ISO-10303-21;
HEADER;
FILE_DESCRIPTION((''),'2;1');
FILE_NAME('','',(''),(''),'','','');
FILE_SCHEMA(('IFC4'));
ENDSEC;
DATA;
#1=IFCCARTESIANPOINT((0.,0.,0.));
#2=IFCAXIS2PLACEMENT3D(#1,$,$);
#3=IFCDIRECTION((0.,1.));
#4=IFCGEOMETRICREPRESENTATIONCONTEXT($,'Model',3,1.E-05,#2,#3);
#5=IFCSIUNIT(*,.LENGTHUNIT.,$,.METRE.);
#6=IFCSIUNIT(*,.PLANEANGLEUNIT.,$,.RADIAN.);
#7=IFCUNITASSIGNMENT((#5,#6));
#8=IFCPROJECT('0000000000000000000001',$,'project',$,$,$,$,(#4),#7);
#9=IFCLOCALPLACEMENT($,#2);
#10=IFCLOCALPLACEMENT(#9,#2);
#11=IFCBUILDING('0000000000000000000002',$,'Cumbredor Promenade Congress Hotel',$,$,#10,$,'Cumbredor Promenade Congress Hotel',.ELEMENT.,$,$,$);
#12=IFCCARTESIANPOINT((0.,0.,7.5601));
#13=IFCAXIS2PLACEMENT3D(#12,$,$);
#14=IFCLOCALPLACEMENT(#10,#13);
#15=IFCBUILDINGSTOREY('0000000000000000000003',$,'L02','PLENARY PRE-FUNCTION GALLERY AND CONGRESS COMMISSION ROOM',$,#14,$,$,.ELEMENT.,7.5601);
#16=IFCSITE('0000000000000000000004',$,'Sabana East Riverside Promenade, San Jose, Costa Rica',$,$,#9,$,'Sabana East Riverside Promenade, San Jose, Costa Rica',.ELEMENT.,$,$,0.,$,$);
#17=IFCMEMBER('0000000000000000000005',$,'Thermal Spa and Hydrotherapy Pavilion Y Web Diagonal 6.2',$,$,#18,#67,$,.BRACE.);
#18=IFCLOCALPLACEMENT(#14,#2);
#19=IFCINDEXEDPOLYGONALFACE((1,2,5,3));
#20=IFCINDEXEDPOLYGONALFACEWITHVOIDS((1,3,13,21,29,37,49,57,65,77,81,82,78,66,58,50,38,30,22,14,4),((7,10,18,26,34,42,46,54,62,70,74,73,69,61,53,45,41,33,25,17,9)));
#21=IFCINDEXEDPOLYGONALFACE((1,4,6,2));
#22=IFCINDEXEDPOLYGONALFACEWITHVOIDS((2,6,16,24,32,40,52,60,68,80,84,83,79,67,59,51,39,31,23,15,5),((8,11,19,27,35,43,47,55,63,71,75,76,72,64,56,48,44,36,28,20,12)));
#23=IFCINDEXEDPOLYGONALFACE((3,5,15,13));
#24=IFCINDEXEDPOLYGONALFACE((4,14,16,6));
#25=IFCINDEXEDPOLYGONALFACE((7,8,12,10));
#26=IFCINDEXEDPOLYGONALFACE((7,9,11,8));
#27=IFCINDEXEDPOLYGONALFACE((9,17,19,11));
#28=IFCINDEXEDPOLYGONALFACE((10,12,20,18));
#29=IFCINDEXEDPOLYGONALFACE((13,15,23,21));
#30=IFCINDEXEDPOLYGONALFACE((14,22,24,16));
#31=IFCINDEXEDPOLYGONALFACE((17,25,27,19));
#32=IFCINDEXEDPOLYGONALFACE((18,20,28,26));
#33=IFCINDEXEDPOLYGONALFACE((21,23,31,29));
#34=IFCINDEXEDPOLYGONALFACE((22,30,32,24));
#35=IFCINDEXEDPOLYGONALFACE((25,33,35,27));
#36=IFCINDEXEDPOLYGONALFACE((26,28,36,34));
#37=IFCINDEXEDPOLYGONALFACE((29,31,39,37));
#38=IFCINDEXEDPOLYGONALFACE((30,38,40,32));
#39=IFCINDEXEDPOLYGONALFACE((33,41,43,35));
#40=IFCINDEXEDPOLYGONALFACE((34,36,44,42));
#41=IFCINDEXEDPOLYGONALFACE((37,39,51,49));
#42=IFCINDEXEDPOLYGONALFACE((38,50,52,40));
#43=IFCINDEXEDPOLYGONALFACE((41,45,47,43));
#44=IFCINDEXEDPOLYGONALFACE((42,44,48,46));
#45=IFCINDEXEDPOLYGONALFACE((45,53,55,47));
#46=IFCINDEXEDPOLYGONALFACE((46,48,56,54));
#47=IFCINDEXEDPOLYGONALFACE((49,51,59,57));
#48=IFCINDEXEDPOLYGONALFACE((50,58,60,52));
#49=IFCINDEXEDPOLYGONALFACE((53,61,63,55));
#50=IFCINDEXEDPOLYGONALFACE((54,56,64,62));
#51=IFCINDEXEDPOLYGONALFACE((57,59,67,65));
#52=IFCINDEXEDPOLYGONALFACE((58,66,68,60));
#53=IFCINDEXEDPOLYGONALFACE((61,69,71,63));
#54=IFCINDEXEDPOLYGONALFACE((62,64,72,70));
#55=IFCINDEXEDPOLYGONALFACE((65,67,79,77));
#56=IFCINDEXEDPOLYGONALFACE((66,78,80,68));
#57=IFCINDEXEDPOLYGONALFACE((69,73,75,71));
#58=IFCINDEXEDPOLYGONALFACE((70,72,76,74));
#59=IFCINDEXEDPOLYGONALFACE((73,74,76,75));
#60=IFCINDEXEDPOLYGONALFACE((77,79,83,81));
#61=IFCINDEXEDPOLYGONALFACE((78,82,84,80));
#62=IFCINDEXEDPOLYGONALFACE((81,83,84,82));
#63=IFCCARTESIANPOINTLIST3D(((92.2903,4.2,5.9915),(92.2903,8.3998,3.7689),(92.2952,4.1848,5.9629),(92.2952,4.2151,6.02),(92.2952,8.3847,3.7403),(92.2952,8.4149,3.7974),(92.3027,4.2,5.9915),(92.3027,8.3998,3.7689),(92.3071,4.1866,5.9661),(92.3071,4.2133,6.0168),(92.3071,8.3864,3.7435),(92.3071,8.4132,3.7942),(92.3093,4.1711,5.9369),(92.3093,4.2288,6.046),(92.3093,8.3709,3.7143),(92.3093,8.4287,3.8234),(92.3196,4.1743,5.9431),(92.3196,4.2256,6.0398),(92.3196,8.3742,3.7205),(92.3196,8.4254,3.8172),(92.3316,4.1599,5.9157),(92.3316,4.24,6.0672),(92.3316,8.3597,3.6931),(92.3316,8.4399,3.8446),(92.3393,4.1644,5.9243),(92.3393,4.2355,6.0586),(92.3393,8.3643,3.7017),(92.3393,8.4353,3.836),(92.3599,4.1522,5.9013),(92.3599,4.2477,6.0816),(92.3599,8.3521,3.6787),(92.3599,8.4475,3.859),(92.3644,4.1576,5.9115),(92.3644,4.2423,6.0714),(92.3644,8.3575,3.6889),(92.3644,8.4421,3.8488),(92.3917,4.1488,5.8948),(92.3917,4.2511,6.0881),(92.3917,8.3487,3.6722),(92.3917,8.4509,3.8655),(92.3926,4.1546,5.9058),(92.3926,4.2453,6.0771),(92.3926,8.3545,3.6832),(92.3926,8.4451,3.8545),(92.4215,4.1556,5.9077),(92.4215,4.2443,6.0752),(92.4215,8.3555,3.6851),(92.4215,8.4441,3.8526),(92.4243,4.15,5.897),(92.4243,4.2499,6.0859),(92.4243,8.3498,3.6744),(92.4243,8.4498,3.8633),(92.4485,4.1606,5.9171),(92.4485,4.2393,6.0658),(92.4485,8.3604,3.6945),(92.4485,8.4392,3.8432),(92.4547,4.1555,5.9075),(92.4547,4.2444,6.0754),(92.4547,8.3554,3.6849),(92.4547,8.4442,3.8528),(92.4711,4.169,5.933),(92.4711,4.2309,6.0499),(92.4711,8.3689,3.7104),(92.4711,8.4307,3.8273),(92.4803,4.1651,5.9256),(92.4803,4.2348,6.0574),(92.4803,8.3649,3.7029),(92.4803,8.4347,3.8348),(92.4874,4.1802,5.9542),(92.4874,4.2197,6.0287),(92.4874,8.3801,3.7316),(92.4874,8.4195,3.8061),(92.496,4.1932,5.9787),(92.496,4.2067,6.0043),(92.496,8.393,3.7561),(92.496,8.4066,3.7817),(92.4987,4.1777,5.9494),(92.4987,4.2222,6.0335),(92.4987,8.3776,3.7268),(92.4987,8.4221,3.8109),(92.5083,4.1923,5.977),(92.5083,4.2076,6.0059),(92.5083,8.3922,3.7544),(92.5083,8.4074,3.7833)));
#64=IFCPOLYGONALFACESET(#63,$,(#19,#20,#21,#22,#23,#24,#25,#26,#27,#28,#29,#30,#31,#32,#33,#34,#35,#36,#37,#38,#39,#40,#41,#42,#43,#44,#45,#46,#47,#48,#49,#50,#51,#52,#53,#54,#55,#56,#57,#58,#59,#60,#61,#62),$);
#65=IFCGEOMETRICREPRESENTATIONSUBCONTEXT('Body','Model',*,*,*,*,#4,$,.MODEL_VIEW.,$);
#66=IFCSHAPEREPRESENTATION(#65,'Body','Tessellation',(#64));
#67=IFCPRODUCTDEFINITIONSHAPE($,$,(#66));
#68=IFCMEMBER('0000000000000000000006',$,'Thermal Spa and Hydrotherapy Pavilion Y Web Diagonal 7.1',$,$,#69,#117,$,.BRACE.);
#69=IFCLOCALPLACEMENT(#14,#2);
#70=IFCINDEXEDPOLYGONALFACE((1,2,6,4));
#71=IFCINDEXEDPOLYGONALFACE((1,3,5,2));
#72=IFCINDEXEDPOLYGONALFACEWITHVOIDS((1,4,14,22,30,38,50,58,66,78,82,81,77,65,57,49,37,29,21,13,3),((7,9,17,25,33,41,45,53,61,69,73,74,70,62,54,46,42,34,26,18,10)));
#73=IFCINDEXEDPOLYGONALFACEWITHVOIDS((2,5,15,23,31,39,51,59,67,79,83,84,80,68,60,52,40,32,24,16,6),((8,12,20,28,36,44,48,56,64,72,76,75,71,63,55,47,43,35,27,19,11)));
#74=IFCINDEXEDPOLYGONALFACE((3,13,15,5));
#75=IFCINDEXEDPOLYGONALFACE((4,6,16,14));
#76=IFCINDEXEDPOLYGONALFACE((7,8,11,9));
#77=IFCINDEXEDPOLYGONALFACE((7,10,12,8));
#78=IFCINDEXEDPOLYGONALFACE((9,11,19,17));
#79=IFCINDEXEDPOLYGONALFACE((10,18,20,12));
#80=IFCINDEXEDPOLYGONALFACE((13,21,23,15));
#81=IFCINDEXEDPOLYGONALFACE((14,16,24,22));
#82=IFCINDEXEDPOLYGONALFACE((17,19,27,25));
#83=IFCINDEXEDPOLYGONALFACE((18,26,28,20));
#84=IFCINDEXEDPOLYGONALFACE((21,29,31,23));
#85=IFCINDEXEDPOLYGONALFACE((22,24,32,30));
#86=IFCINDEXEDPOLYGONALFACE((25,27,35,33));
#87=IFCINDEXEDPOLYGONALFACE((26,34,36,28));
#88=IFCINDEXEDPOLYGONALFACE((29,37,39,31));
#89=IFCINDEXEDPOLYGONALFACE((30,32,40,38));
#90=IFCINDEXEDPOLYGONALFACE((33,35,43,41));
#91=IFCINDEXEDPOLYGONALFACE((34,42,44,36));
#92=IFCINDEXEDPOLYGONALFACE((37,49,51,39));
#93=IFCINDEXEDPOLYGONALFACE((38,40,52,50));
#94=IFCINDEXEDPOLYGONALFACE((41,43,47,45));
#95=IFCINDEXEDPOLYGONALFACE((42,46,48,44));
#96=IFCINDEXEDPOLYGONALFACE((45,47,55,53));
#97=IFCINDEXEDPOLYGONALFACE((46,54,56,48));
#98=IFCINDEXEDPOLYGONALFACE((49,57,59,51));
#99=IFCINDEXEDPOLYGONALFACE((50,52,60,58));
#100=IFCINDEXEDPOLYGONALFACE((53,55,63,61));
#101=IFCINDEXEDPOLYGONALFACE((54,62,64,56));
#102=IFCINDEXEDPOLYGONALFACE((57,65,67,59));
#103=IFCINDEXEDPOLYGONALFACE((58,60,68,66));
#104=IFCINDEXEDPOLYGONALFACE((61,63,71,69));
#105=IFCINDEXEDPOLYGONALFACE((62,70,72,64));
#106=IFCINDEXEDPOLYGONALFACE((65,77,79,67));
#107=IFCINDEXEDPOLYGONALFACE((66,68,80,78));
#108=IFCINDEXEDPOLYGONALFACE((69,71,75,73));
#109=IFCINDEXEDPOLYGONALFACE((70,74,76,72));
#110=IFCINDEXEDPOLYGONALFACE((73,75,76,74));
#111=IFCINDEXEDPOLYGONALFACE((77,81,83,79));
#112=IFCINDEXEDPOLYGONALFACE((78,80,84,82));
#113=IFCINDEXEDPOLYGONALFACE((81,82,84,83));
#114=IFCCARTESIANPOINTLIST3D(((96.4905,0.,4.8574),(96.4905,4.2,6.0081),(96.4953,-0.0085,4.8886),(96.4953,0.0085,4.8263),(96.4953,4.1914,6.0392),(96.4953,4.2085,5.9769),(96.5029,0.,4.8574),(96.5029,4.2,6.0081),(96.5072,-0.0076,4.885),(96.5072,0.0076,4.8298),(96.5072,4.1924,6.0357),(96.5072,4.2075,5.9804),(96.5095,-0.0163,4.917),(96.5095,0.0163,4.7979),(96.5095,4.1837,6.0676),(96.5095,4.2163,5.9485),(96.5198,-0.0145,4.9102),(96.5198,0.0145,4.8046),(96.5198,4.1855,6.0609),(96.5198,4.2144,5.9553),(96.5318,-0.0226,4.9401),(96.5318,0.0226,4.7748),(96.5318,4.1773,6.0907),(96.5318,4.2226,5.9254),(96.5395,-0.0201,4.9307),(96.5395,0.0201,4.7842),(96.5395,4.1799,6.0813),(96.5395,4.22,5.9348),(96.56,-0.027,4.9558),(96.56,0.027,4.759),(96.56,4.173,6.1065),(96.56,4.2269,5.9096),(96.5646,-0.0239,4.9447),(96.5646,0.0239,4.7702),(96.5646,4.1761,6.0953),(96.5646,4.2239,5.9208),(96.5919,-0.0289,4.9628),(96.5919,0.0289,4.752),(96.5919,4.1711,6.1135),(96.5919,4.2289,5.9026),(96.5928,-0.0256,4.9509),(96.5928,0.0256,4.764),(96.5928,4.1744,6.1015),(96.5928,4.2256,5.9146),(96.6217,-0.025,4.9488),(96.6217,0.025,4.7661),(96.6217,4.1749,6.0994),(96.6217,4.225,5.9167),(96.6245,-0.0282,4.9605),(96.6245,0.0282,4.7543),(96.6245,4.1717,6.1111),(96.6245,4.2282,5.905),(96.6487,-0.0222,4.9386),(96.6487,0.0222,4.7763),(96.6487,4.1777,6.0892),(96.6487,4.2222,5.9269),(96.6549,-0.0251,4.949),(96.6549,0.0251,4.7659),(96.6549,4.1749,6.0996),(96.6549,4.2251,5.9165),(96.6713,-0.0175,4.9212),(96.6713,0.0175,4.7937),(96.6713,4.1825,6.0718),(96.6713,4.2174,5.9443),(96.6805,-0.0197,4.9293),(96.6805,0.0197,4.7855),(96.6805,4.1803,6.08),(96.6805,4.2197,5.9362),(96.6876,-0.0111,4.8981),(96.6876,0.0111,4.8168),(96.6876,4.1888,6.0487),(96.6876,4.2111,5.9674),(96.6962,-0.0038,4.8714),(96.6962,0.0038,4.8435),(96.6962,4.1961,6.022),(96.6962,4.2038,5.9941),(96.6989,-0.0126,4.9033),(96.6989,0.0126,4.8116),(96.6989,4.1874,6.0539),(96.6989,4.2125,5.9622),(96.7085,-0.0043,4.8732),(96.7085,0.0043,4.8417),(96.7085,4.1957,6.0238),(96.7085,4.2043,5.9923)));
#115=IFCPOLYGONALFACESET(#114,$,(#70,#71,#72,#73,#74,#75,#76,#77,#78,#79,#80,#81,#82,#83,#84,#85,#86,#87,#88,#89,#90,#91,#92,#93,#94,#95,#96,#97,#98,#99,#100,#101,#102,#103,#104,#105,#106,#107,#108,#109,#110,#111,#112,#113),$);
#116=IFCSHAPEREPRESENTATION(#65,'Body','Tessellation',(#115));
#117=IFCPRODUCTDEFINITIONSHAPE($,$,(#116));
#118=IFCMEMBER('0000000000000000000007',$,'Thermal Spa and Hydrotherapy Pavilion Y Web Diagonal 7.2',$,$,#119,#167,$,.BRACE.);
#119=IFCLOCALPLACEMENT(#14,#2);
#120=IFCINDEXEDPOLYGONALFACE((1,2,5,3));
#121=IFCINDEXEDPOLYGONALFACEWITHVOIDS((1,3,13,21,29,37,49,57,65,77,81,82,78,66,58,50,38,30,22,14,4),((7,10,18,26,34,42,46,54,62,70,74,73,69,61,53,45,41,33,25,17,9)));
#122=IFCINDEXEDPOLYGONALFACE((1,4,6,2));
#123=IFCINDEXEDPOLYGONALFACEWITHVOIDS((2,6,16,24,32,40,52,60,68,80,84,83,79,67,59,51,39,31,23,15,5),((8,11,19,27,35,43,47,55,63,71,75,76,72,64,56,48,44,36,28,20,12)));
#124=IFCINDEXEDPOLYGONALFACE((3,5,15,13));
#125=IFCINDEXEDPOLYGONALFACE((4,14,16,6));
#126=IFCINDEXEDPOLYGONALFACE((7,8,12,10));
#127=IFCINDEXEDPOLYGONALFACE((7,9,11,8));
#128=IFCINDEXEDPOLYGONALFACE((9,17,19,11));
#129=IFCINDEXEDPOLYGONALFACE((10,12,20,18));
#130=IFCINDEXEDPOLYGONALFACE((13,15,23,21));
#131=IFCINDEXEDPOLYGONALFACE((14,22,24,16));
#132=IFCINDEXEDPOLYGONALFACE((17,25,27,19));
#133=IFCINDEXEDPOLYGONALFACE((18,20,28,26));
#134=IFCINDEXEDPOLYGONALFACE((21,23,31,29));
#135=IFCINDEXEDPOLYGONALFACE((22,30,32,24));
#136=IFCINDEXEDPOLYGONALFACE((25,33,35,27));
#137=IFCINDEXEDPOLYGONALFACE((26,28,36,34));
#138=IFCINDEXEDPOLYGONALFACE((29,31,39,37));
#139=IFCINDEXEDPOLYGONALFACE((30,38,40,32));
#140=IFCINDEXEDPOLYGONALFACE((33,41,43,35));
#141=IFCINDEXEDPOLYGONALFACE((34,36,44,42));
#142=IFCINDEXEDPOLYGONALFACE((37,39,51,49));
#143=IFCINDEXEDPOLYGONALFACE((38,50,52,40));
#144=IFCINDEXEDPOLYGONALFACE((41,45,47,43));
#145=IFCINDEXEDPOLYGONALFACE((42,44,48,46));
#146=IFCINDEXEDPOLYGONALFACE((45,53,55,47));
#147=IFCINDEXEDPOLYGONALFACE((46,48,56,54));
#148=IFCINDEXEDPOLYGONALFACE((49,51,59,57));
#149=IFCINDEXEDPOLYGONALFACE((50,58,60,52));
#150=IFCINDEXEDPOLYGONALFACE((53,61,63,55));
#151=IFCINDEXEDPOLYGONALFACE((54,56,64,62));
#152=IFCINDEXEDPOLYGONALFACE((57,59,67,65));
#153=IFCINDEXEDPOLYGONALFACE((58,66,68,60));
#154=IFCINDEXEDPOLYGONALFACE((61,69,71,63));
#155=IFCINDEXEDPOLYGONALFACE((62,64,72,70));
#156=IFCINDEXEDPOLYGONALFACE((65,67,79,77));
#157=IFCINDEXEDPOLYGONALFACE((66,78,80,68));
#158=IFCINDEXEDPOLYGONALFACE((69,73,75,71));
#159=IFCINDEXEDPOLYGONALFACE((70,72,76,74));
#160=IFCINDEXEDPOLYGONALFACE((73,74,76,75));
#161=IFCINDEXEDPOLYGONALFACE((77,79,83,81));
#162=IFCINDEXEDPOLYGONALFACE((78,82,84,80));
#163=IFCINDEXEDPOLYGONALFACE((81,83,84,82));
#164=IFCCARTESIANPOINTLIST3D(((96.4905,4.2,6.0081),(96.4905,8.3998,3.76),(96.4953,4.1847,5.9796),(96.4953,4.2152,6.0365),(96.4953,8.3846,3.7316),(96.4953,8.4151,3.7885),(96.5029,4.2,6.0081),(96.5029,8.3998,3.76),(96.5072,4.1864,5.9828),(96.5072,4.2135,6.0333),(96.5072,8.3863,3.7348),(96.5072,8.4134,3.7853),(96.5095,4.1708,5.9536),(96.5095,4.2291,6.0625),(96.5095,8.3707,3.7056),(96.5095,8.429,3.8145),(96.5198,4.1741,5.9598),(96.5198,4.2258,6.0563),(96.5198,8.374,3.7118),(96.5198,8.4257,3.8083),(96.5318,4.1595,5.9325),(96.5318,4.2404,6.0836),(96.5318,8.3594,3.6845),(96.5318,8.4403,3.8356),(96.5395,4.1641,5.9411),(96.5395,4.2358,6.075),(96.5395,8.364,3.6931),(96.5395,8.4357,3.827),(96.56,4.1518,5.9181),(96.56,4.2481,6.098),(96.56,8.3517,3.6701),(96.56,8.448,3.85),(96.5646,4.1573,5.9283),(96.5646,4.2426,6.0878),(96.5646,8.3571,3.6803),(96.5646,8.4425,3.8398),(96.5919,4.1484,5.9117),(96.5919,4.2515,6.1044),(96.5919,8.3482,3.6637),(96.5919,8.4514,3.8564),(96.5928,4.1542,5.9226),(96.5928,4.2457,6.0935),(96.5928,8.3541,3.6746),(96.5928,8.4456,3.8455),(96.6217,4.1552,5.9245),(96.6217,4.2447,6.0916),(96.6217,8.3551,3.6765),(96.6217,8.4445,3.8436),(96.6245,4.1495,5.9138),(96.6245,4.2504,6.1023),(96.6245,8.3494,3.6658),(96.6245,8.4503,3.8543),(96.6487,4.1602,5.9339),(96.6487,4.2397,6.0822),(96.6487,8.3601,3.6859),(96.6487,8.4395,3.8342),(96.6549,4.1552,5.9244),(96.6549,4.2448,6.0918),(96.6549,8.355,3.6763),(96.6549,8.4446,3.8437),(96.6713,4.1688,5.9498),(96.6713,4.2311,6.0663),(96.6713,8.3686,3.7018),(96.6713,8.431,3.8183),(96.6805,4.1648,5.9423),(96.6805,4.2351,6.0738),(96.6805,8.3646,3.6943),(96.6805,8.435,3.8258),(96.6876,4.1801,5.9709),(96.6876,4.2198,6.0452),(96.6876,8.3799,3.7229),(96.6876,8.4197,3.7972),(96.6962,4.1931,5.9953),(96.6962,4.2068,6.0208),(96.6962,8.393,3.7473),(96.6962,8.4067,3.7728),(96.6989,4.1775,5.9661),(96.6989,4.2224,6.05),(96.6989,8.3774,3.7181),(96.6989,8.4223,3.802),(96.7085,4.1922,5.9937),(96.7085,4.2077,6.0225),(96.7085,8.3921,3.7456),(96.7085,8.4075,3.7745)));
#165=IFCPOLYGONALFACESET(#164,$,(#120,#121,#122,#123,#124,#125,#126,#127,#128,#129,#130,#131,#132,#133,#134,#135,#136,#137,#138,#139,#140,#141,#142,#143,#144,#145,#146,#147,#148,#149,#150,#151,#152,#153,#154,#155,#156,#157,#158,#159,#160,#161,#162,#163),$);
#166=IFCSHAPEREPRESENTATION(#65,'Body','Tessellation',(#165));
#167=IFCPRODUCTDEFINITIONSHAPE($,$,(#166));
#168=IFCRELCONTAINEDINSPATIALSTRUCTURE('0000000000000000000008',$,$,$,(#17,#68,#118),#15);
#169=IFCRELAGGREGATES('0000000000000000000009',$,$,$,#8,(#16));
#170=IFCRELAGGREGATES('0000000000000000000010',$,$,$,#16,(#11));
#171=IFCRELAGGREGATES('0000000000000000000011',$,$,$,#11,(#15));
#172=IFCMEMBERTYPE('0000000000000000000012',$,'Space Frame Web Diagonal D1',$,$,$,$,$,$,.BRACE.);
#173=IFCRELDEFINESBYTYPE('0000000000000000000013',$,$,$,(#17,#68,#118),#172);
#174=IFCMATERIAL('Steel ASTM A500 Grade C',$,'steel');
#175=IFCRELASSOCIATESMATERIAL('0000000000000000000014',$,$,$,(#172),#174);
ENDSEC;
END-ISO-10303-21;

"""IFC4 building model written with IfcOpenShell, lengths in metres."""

from ifc_helpers import new_model, si_unit, direction, frame, origin, origin_2d, place, context, subcontext, project, spatial, hollow_circle, extrude, material, material_profile, profile_set, type_object, element, save


model = new_model("IFC4")

# Units and contexts
model_context = context("Model", 3, precision=1e-05, world=origin(), true_north=direction((0.0, 1.0)))
body_context = subcontext(model_context, "Body", "Model", "MODEL_VIEW")
ifc_project = project(units=[si_unit("LENGTHUNIT", "METRE"), si_unit("PLANEANGLEUNIT", "RADIAN")], contexts=[model_context])

# Site, building, storey
site_placement = place(None, origin())
site = spatial("IfcSite", under=ifc_project, at=site_placement, Name="Sabana East Riverside Promenade, San Jose, Costa Rica", LongName="Sabana East Riverside Promenade, San Jose, Costa Rica", CompositionType="ELEMENT", RefElevation=0.0)
building_placement = place(site_placement, origin())
building = spatial("IfcBuilding", under=site, at=building_placement, Name="Cumbredor Promenade Congress Hotel", LongName="Cumbredor Promenade Congress Hotel", CompositionType="ELEMENT")
storey_placement = place(building_placement, frame((0.0, 0.0, 7.5601)))
storey = spatial("IfcBuildingStorey", under=building, at=storey_placement, Name="L02", Description="PLENARY PRE-FUNCTION GALLERY AND CONGRESS COMMISSION ROOM", CompositionType="ELEMENT", Elevation=7.5601)

# Members
ifc_material_1 = material(Name="Steel ASTM A500 Grade C", Category="steel")
ifc_material_profile_1 = material_profile(ifc_material_1, hollow_circle(Radius=0.1096, WallThickness=0.0125, at=origin_2d()), Name="CHS 219.1x12.5")
ifc_profile_set_1 = profile_set([ifc_material_profile_1], Name="Steel ASTM A500 Grade C")
member_type_1 = type_object("IfcMemberType", Name="Space Frame Web Diagonal D1", PredefinedType="BRACE", material=ifc_profile_set_1)
member_1_placement = place(storey_placement, frame((92.3999, 4.2, 5.9915), z_axis=(0.0, 0.883862, -0.467748), x_axis=(-1.0, 0.0, 0.0)))
element("IfcMember", 1, at=member_1_placement, inside=storey, type_object=member_type_1, Name="Thermal Spa and Hydrotherapy Pavilion Y Web Diagonal 6.2", PredefinedType="BRACE", context=body_context, shape_type="SweptSolid", body=[
    extrude(hollow_circle(Radius=0.1096, WallThickness=0.0125, at=origin_2d()), origin(), (0.0, 0.0, 1.0), 4.7517),
])
member_2_placement = place(storey_placement, frame((96.6001, 0.0, 4.8574), z_axis=(0.0, 0.96446, 0.264227), x_axis=(-1.0, 0.0, 0.0)))
element("IfcMember", 2, at=member_2_placement, inside=storey, type_object=member_type_1, Name="Thermal Spa and Hydrotherapy Pavilion Y Web Diagonal 7.1", PredefinedType="BRACE", context=body_context, shape_type="SweptSolid", body=[
    extrude(hollow_circle(Radius=0.1096, WallThickness=0.0125, at=origin_2d()), origin(), (0.0, 0.0, 1.0), 4.3547),
])
member_3_placement = place(storey_placement, frame((96.6001, 4.2, 6.0081), z_axis=(0.0, 0.881648, -0.471907), x_axis=(-1.0, 0.0, 0.0)))
element("IfcMember", 3, at=member_3_placement, inside=storey, type_object=member_type_1, Name="Thermal Spa and Hydrotherapy Pavilion Y Web Diagonal 7.2", PredefinedType="BRACE", context=body_context, shape_type="SweptSolid", body=[
    extrude(hollow_circle(Radius=0.1096, WallThickness=0.0125, at=origin_2d()), origin(), (0.0, 0.0, 1.0), 4.7637),
])

save(model, "model.ifc")
